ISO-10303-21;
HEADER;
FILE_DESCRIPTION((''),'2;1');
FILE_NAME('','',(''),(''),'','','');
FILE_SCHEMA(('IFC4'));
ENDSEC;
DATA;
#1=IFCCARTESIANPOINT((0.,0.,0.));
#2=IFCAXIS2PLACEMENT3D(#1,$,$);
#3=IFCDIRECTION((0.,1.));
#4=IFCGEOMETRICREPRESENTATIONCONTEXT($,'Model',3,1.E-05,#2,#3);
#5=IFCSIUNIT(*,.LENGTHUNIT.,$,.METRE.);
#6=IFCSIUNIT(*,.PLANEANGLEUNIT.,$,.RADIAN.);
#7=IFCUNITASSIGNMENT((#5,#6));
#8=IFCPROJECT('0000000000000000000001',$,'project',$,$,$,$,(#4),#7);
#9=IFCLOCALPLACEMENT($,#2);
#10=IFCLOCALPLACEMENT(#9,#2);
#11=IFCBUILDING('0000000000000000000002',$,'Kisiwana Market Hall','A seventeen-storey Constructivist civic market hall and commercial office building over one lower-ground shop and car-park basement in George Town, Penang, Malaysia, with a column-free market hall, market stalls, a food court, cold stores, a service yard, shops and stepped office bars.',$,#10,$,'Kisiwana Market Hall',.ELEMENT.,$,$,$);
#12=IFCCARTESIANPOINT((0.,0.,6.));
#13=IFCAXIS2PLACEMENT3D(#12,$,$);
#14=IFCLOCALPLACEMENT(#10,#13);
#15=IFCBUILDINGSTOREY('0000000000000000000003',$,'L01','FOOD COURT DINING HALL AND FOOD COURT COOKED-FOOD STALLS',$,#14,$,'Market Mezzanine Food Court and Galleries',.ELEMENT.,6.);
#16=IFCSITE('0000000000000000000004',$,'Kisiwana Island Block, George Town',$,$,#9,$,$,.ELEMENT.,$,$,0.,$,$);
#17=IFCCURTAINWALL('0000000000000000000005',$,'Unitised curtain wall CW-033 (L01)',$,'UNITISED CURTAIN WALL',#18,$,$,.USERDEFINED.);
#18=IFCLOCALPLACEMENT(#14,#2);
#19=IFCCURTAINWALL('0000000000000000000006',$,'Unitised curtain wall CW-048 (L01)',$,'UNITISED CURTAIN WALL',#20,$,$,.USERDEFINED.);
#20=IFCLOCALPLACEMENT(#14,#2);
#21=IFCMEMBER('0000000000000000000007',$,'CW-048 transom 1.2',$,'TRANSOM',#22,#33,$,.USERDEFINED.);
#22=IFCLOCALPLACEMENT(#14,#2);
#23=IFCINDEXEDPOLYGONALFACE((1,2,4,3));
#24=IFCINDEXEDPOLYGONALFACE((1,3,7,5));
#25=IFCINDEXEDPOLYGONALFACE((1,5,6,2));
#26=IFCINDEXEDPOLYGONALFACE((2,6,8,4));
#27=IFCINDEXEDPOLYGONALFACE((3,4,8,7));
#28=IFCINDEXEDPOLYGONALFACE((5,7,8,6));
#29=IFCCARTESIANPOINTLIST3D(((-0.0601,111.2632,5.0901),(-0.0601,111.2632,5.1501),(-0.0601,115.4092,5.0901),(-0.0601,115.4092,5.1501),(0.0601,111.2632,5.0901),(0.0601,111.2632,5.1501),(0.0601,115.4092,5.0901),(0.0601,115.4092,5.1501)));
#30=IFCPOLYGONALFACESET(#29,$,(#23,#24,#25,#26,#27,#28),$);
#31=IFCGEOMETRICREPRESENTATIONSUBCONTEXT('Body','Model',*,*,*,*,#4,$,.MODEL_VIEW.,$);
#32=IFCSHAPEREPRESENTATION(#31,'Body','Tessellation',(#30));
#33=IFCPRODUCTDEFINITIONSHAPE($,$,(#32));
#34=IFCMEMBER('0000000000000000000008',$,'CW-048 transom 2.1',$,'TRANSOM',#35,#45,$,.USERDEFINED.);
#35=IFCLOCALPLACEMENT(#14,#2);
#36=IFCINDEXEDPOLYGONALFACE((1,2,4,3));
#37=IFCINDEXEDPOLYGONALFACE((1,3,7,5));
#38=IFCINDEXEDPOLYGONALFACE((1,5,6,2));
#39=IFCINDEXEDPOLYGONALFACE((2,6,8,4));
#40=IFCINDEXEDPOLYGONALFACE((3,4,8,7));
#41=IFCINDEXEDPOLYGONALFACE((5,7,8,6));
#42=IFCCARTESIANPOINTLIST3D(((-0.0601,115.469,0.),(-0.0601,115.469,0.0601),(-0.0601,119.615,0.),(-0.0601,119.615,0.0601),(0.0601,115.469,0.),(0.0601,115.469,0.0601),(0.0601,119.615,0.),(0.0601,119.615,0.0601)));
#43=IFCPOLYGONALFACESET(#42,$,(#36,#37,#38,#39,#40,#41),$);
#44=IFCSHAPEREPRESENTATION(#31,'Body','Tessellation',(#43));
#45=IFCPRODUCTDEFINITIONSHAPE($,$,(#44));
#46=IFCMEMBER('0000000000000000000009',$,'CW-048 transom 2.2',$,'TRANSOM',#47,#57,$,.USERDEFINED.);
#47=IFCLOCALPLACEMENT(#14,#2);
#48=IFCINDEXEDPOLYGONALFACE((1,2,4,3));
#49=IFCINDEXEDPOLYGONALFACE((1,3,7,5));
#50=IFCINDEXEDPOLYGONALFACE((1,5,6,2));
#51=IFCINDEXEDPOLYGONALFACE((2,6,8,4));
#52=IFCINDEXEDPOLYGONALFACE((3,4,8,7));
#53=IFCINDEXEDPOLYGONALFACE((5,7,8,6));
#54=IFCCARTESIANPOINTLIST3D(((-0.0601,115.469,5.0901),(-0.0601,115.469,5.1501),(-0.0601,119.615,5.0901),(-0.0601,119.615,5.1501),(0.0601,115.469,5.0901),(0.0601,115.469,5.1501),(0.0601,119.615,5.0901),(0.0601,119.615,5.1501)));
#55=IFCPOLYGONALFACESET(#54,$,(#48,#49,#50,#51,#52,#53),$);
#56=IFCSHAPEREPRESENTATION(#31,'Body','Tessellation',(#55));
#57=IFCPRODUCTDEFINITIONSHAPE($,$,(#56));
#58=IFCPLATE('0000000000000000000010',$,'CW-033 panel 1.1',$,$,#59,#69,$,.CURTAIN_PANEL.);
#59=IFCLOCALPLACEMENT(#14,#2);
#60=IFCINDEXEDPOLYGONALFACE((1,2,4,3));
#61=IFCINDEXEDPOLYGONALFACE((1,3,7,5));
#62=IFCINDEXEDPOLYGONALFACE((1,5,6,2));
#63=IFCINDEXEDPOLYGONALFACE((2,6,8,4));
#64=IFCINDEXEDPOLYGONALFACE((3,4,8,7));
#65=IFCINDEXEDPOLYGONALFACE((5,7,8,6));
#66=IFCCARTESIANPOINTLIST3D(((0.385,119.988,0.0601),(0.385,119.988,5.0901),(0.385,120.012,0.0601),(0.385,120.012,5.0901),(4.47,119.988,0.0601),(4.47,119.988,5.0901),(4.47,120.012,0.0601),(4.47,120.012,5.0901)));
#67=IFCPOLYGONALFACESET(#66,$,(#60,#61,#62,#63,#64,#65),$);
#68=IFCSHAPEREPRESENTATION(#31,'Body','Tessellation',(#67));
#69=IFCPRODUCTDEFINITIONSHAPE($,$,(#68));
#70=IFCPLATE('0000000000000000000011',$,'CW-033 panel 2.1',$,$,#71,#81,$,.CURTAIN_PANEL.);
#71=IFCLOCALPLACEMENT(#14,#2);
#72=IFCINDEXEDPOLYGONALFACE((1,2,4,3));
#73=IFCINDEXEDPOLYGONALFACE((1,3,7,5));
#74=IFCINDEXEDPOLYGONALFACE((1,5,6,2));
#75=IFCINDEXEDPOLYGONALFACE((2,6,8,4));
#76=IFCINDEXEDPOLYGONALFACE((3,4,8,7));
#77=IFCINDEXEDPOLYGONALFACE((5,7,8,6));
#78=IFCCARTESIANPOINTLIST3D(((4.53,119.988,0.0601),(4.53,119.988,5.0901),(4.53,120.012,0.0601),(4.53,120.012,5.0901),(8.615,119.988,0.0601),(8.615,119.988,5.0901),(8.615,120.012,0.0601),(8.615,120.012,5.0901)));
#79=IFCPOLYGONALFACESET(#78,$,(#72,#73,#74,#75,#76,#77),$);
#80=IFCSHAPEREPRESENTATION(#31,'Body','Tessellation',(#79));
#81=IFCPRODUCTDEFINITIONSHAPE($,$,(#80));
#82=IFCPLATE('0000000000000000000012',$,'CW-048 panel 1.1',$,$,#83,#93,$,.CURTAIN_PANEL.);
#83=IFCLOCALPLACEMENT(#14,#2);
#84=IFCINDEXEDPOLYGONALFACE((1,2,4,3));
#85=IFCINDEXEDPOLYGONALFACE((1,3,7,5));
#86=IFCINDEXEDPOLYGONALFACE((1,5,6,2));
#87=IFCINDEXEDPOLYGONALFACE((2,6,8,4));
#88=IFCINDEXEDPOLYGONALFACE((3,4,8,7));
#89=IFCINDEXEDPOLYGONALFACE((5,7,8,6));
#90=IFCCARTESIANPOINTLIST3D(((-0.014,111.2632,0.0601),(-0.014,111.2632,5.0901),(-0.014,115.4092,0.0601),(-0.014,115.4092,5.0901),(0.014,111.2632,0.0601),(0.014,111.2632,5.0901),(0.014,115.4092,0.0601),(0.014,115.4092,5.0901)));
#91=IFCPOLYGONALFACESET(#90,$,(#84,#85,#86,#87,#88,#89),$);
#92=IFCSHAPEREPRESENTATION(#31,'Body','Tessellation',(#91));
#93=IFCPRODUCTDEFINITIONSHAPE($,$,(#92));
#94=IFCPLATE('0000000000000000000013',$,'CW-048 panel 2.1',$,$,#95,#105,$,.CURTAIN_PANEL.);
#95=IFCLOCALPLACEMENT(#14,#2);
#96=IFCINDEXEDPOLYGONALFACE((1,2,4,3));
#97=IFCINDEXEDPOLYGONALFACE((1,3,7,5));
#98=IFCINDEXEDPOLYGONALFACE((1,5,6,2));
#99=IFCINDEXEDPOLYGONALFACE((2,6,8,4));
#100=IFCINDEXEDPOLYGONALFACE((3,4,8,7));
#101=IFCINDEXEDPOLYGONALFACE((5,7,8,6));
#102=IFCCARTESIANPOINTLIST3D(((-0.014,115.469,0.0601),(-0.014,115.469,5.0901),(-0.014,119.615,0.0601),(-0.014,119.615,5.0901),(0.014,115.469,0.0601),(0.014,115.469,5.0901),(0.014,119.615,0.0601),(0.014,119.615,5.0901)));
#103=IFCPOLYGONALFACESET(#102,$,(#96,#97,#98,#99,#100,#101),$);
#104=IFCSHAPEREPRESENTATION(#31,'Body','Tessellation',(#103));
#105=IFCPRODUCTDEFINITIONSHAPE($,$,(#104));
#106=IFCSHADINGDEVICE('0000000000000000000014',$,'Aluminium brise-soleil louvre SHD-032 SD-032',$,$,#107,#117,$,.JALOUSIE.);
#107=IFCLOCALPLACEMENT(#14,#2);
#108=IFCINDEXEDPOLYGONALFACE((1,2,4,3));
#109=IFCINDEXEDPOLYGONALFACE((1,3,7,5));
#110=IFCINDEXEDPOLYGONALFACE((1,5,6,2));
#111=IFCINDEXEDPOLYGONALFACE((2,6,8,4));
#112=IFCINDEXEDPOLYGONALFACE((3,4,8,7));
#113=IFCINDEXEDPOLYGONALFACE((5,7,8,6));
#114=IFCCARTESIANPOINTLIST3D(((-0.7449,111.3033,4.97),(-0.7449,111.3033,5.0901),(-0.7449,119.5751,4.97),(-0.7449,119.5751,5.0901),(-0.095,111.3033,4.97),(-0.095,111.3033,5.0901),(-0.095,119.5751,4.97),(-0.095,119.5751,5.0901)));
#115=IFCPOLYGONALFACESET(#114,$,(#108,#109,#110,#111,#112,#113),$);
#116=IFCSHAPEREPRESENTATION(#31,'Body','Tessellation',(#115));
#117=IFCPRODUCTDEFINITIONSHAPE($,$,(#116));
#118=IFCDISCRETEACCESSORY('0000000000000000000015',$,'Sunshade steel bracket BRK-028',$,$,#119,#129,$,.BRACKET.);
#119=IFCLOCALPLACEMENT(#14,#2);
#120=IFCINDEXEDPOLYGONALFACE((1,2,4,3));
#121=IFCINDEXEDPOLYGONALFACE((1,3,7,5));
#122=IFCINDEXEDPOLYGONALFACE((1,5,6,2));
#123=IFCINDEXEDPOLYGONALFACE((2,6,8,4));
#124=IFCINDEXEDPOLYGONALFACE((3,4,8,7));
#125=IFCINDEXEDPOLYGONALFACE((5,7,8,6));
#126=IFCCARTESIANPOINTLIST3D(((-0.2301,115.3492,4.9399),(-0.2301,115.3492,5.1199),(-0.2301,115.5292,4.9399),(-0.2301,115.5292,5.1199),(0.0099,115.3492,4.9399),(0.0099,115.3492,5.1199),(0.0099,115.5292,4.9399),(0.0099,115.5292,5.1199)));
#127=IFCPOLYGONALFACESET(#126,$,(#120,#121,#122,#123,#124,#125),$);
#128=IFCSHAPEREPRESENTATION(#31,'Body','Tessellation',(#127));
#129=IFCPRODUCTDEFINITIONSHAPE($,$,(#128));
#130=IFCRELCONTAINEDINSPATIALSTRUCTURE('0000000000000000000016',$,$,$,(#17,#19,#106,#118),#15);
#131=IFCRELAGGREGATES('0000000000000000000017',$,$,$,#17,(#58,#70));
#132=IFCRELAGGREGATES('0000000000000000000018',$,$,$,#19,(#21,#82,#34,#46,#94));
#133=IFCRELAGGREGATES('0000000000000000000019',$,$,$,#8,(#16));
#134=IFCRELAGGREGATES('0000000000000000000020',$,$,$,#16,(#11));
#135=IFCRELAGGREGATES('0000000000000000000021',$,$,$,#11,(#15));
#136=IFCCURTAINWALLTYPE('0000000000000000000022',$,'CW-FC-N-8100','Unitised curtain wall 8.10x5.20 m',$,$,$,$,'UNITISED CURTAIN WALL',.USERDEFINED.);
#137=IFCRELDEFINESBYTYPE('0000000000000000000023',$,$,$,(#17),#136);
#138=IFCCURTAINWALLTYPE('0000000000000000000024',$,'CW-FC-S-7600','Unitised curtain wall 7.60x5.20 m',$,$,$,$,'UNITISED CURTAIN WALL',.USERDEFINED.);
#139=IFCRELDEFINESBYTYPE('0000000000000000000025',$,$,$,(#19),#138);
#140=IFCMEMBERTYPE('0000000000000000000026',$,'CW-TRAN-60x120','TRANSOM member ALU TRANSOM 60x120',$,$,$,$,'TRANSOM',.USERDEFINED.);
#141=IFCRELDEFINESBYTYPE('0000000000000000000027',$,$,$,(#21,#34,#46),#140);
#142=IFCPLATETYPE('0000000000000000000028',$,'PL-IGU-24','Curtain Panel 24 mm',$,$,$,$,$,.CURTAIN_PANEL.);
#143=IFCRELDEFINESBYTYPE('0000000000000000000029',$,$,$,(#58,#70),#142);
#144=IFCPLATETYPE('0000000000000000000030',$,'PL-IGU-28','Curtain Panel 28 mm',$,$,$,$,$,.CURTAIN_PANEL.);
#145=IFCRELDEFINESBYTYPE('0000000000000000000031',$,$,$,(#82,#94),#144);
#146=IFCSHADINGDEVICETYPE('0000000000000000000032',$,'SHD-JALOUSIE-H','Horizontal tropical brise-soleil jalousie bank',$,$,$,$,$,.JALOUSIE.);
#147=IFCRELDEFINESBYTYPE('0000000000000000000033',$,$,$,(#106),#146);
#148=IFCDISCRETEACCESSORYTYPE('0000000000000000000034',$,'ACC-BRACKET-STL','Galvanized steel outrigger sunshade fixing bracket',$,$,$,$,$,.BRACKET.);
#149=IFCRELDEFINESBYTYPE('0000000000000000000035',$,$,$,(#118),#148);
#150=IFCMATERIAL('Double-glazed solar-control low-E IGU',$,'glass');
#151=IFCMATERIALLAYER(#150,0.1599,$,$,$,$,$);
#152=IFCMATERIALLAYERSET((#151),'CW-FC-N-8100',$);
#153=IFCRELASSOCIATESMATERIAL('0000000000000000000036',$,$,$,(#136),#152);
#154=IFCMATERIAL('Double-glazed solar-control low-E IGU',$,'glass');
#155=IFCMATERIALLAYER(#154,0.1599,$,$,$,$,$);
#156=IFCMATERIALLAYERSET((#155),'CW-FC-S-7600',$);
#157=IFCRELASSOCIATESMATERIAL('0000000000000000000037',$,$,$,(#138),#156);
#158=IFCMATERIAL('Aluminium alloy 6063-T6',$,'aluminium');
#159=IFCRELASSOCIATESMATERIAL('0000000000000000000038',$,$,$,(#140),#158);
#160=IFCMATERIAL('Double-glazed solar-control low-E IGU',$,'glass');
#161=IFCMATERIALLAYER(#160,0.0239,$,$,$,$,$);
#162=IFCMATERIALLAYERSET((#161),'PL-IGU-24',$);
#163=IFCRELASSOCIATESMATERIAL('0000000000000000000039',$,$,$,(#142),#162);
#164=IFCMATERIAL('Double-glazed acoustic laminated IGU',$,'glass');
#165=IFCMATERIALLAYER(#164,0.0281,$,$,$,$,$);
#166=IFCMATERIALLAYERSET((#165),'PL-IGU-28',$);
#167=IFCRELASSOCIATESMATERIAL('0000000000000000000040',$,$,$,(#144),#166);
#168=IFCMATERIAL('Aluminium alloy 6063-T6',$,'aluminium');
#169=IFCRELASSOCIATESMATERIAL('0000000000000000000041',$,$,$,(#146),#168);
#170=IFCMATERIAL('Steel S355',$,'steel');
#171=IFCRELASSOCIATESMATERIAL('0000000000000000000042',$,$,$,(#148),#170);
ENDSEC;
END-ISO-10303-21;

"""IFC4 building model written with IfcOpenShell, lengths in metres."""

from ifc_helpers import new_model, si_unit, direction, frame, origin, origin_2d, place, context, subcontext, project, spatial, rectangle, extrude, material, layer, layer_set, material_profile, profile_set, type_object, element, aggregate, save


model = new_model("IFC4")

# Units and contexts
model_context = context("Model", 3, precision=1e-05, world=origin(), true_north=direction((0.0, 1.0)))
body_context = subcontext(model_context, "Body", "Model", "MODEL_VIEW")
ifc_project = project(units=[si_unit("LENGTHUNIT", "METRE"), si_unit("PLANEANGLEUNIT", "RADIAN")], contexts=[model_context])

# Site, building, storey
site_placement = place(None, origin())
site = spatial("IfcSite", under=ifc_project, at=site_placement, Name="Kisiwana Island Block, George Town", CompositionType="ELEMENT", RefElevation=0.0)
building_placement = place(site_placement, origin())
building = spatial("IfcBuilding", under=site, at=building_placement, Name="Kisiwana Market Hall", Description="A seventeen-storey Constructivist civic market hall and commercial office building over one lower-ground shop and car-park basement in George Town, Penang, Malaysia, with a column-free market hall, market stalls, a food court, cold stores, a service yard, shops and stepped office bars.", LongName="Kisiwana Market Hall", CompositionType="ELEMENT")
storey_placement = place(building_placement, frame((0.0, 0.0, 6.0)))
storey = spatial("IfcBuildingStorey", under=building, at=storey_placement, Name="L01", Description="FOOD COURT DINING HALL AND FOOD COURT COOKED-FOOD STALLS", LongName="Market Mezzanine Food Court and Galleries", CompositionType="ELEMENT", Elevation=6.0)

# Curtain walls
ifc_material_1 = material(Name="Double-glazed solar-control low-E IGU", Category="glass")
ifc_layer_1 = layer(ifc_material_1, 0.1599)
ifc_layer_set_1 = layer_set([ifc_layer_1], Name="CW-FC-N-8100")
curtain_wall_type_1 = type_object("IfcCurtainWallType", Name="CW-FC-N-8100", Description="Unitised curtain wall 8.10x5.20 m", ElementType="UNITISED CURTAIN WALL", PredefinedType="USERDEFINED", material=ifc_layer_set_1)
curtain_wall_1_placement = place(storey_placement, origin())
curtain_wall_1 = element("IfcCurtainWall", 1, at=curtain_wall_1_placement, inside=storey, type_object=curtain_wall_type_1, Name="Unitised curtain wall CW-033 (L01)", ObjectType="UNITISED CURTAIN WALL", PredefinedType="USERDEFINED")
ifc_material_2 = material(Name="Double-glazed solar-control low-E IGU", Category="glass")
ifc_layer_2 = layer(ifc_material_2, 0.1599)
ifc_layer_set_2 = layer_set([ifc_layer_2], Name="CW-FC-S-7600")
curtain_wall_type_2 = type_object("IfcCurtainWallType", Name="CW-FC-S-7600", Description="Unitised curtain wall 7.60x5.20 m", ElementType="UNITISED CURTAIN WALL", PredefinedType="USERDEFINED", material=ifc_layer_set_2)
curtain_wall_2_placement = place(storey_placement, origin())
curtain_wall_2 = element("IfcCurtainWall", 2, at=curtain_wall_2_placement, inside=storey, type_object=curtain_wall_type_2, Name="Unitised curtain wall CW-048 (L01)", ObjectType="UNITISED CURTAIN WALL", PredefinedType="USERDEFINED")

# Members
ifc_material_3 = material(Name="Aluminium alloy 6063-T6", Category="aluminium")
ifc_material_profile_1 = material_profile(ifc_material_3, rectangle(XDim=0.1201, YDim=0.0601, at=origin_2d()), Name="ALU TRANSOM 60x120")
ifc_profile_set_1 = profile_set([ifc_material_profile_1], Name="Aluminium alloy 6063-T6")
member_type_1 = type_object("IfcMemberType", Name="CW-TRAN-60x120", Description="TRANSOM member ALU TRANSOM 60x120", ElementType="TRANSOM", PredefinedType="USERDEFINED", material=ifc_profile_set_1)
member_1_placement = place(storey_placement, frame((0.0, 111.2632, 5.1201), z_axis=(0.0, 1.0, 0.0), x_axis=(-1.0, 0.0, 0.0)))
member_1 = element("IfcMember", 3, at=member_1_placement, type_object=member_type_1, Name="CW-048 transom 1.2", ObjectType="TRANSOM", PredefinedType="USERDEFINED", context=body_context, shape_type="SweptSolid", body=[
    extrude(rectangle(XDim=0.1201, YDim=0.0601, at=origin_2d()), origin(), (0.0, 0.0, 1.0), 4.146),
])
member_2_placement = place(storey_placement, frame((0.0, 115.469, 0.03), z_axis=(0.0, 1.0, 0.0), x_axis=(-1.0, 0.0, 0.0)))
member_2 = element("IfcMember", 4, at=member_2_placement, type_object=member_type_1, Name="CW-048 transom 2.1", ObjectType="TRANSOM", PredefinedType="USERDEFINED", context=body_context, shape_type="SweptSolid", body=[
    extrude(rectangle(XDim=0.1201, YDim=0.0601, at=origin_2d()), origin(), (0.0, 0.0, 1.0), 4.146),
])
member_3_placement = place(storey_placement, frame((0.0, 115.469, 5.1201), z_axis=(0.0, 1.0, 0.0), x_axis=(-1.0, 0.0, 0.0)))
member_3 = element("IfcMember", 5, at=member_3_placement, type_object=member_type_1, Name="CW-048 transom 2.2", ObjectType="TRANSOM", PredefinedType="USERDEFINED", context=body_context, shape_type="SweptSolid", body=[
    extrude(rectangle(XDim=0.1201, YDim=0.0601, at=origin_2d()), origin(), (0.0, 0.0, 1.0), 4.146),
])

# Plates
ifc_material_4 = material(Name="Double-glazed solar-control low-E IGU", Category="glass")
ifc_layer_3 = layer(ifc_material_4, 0.0239)
ifc_layer_set_3 = layer_set([ifc_layer_3], Name="PL-IGU-24")
plate_type_1 = type_object("IfcPlateType", Name="PL-IGU-24", Description="Curtain Panel 24 mm", PredefinedType="CURTAIN_PANEL", material=ifc_layer_set_3)
plate_1_placement = place(storey_placement, frame((2.4275, 120.0, 0.0601), z_axis=(0.0, 0.0, 1.0), x_axis=(1.0, 0.0, 0.0)))
plate_1 = element("IfcPlate", 6, at=plate_1_placement, type_object=plate_type_1, Name="CW-033 panel 1.1", PredefinedType="CURTAIN_PANEL", context=body_context, shape_type="SweptSolid", body=[
    extrude(rectangle(XDim=4.085, YDim=0.0239, at=origin_2d()), origin(), (0.0, 0.0, 1.0), 5.03),
])
plate_2_placement = place(storey_placement, frame((6.5725, 120.0, 0.0601), z_axis=(0.0, 0.0, 1.0), x_axis=(1.0, 0.0, 0.0)))
plate_2 = element("IfcPlate", 7, at=plate_2_placement, type_object=plate_type_1, Name="CW-033 panel 2.1", PredefinedType="CURTAIN_PANEL", context=body_context, shape_type="SweptSolid", body=[
    extrude(rectangle(XDim=4.085, YDim=0.0239, at=origin_2d()), origin(), (0.0, 0.0, 1.0), 5.03),
])
aggregate(curtain_wall_1, [plate_1, plate_2])
ifc_material_5 = material(Name="Double-glazed acoustic laminated IGU", Category="glass")
ifc_layer_4 = layer(ifc_material_5, 0.0281)
ifc_layer_set_4 = layer_set([ifc_layer_4], Name="PL-IGU-28")
plate_type_2 = type_object("IfcPlateType", Name="PL-IGU-28", Description="Curtain Panel 28 mm", PredefinedType="CURTAIN_PANEL", material=ifc_layer_set_4)
plate_3_placement = place(storey_placement, frame((0.0, 113.3362, 0.0601), z_axis=(0.0, 0.0, 1.0), x_axis=(0.0, 1.0, 0.0)))
plate_3 = element("IfcPlate", 8, at=plate_3_placement, type_object=plate_type_2, Name="CW-048 panel 1.1", PredefinedType="CURTAIN_PANEL", context=body_context, shape_type="SweptSolid", body=[
    extrude(rectangle(XDim=4.146, YDim=0.0281, at=origin_2d()), origin(), (0.0, 0.0, 1.0), 5.03),
])
plate_4_placement = place(storey_placement, frame((0.0, 117.542, 0.0601), z_axis=(0.0, 0.0, 1.0), x_axis=(0.0, 1.0, 0.0)))
plate_4 = element("IfcPlate", 9, at=plate_4_placement, type_object=plate_type_2, Name="CW-048 panel 2.1", PredefinedType="CURTAIN_PANEL", context=body_context, shape_type="SweptSolid", body=[
    extrude(rectangle(XDim=4.146, YDim=0.0281, at=origin_2d()), origin(), (0.0, 0.0, 1.0), 5.03),
])
aggregate(curtain_wall_2, [member_1, plate_3, member_2, member_3, plate_4])

# Shading device
ifc_material_6 = material(Name="Aluminium alloy 6063-T6", Category="aluminium")
shading_device_type = type_object("IfcShadingDeviceType", Name="SHD-JALOUSIE-H", Description="Horizontal tropical brise-soleil jalousie bank", PredefinedType="JALOUSIE", material=ifc_material_6)
shading_device_placement = place(storey_placement, frame((-0.4199, 115.4392, 4.97), z_axis=(0.0, 0.0, 1.0), x_axis=(0.0, 1.0, 0.0)))
element("IfcShadingDevice", 10, at=shading_device_placement, inside=storey, type_object=shading_device_type, Name="Aluminium brise-soleil louvre SHD-032 SD-032", PredefinedType="JALOUSIE", context=body_context, shape_type="SweptSolid", body=[
    extrude(rectangle(XDim=8.2717, YDim=0.6499, at=origin_2d()), origin(), (0.0, 0.0, 1.0), 0.1201),
])

# Discrete accessory
ifc_material_7 = material(Name="Steel S355", Category="steel")
discrete_accessory_type = type_object("IfcDiscreteAccessoryType", Name="ACC-BRACKET-STL", Description="Galvanized steel outrigger sunshade fixing bracket", PredefinedType="BRACKET", material=ifc_material_7)
discrete_accessory_placement = place(storey_placement, frame((-0.1101, 115.4392, 4.9399), z_axis=(0.0, 0.0, 1.0), x_axis=(0.0, 1.0, 0.0)))
element("IfcDiscreteAccessory", 11, at=discrete_accessory_placement, inside=storey, type_object=discrete_accessory_type, Name="Sunshade steel bracket BRK-028", PredefinedType="BRACKET", context=body_context, shape_type="SweptSolid", body=[
    extrude(rectangle(XDim=0.1799, YDim=0.24, at=origin_2d()), origin(), (0.0, 0.0, 1.0), 0.1799),
])

save(model, "model.ifc")
